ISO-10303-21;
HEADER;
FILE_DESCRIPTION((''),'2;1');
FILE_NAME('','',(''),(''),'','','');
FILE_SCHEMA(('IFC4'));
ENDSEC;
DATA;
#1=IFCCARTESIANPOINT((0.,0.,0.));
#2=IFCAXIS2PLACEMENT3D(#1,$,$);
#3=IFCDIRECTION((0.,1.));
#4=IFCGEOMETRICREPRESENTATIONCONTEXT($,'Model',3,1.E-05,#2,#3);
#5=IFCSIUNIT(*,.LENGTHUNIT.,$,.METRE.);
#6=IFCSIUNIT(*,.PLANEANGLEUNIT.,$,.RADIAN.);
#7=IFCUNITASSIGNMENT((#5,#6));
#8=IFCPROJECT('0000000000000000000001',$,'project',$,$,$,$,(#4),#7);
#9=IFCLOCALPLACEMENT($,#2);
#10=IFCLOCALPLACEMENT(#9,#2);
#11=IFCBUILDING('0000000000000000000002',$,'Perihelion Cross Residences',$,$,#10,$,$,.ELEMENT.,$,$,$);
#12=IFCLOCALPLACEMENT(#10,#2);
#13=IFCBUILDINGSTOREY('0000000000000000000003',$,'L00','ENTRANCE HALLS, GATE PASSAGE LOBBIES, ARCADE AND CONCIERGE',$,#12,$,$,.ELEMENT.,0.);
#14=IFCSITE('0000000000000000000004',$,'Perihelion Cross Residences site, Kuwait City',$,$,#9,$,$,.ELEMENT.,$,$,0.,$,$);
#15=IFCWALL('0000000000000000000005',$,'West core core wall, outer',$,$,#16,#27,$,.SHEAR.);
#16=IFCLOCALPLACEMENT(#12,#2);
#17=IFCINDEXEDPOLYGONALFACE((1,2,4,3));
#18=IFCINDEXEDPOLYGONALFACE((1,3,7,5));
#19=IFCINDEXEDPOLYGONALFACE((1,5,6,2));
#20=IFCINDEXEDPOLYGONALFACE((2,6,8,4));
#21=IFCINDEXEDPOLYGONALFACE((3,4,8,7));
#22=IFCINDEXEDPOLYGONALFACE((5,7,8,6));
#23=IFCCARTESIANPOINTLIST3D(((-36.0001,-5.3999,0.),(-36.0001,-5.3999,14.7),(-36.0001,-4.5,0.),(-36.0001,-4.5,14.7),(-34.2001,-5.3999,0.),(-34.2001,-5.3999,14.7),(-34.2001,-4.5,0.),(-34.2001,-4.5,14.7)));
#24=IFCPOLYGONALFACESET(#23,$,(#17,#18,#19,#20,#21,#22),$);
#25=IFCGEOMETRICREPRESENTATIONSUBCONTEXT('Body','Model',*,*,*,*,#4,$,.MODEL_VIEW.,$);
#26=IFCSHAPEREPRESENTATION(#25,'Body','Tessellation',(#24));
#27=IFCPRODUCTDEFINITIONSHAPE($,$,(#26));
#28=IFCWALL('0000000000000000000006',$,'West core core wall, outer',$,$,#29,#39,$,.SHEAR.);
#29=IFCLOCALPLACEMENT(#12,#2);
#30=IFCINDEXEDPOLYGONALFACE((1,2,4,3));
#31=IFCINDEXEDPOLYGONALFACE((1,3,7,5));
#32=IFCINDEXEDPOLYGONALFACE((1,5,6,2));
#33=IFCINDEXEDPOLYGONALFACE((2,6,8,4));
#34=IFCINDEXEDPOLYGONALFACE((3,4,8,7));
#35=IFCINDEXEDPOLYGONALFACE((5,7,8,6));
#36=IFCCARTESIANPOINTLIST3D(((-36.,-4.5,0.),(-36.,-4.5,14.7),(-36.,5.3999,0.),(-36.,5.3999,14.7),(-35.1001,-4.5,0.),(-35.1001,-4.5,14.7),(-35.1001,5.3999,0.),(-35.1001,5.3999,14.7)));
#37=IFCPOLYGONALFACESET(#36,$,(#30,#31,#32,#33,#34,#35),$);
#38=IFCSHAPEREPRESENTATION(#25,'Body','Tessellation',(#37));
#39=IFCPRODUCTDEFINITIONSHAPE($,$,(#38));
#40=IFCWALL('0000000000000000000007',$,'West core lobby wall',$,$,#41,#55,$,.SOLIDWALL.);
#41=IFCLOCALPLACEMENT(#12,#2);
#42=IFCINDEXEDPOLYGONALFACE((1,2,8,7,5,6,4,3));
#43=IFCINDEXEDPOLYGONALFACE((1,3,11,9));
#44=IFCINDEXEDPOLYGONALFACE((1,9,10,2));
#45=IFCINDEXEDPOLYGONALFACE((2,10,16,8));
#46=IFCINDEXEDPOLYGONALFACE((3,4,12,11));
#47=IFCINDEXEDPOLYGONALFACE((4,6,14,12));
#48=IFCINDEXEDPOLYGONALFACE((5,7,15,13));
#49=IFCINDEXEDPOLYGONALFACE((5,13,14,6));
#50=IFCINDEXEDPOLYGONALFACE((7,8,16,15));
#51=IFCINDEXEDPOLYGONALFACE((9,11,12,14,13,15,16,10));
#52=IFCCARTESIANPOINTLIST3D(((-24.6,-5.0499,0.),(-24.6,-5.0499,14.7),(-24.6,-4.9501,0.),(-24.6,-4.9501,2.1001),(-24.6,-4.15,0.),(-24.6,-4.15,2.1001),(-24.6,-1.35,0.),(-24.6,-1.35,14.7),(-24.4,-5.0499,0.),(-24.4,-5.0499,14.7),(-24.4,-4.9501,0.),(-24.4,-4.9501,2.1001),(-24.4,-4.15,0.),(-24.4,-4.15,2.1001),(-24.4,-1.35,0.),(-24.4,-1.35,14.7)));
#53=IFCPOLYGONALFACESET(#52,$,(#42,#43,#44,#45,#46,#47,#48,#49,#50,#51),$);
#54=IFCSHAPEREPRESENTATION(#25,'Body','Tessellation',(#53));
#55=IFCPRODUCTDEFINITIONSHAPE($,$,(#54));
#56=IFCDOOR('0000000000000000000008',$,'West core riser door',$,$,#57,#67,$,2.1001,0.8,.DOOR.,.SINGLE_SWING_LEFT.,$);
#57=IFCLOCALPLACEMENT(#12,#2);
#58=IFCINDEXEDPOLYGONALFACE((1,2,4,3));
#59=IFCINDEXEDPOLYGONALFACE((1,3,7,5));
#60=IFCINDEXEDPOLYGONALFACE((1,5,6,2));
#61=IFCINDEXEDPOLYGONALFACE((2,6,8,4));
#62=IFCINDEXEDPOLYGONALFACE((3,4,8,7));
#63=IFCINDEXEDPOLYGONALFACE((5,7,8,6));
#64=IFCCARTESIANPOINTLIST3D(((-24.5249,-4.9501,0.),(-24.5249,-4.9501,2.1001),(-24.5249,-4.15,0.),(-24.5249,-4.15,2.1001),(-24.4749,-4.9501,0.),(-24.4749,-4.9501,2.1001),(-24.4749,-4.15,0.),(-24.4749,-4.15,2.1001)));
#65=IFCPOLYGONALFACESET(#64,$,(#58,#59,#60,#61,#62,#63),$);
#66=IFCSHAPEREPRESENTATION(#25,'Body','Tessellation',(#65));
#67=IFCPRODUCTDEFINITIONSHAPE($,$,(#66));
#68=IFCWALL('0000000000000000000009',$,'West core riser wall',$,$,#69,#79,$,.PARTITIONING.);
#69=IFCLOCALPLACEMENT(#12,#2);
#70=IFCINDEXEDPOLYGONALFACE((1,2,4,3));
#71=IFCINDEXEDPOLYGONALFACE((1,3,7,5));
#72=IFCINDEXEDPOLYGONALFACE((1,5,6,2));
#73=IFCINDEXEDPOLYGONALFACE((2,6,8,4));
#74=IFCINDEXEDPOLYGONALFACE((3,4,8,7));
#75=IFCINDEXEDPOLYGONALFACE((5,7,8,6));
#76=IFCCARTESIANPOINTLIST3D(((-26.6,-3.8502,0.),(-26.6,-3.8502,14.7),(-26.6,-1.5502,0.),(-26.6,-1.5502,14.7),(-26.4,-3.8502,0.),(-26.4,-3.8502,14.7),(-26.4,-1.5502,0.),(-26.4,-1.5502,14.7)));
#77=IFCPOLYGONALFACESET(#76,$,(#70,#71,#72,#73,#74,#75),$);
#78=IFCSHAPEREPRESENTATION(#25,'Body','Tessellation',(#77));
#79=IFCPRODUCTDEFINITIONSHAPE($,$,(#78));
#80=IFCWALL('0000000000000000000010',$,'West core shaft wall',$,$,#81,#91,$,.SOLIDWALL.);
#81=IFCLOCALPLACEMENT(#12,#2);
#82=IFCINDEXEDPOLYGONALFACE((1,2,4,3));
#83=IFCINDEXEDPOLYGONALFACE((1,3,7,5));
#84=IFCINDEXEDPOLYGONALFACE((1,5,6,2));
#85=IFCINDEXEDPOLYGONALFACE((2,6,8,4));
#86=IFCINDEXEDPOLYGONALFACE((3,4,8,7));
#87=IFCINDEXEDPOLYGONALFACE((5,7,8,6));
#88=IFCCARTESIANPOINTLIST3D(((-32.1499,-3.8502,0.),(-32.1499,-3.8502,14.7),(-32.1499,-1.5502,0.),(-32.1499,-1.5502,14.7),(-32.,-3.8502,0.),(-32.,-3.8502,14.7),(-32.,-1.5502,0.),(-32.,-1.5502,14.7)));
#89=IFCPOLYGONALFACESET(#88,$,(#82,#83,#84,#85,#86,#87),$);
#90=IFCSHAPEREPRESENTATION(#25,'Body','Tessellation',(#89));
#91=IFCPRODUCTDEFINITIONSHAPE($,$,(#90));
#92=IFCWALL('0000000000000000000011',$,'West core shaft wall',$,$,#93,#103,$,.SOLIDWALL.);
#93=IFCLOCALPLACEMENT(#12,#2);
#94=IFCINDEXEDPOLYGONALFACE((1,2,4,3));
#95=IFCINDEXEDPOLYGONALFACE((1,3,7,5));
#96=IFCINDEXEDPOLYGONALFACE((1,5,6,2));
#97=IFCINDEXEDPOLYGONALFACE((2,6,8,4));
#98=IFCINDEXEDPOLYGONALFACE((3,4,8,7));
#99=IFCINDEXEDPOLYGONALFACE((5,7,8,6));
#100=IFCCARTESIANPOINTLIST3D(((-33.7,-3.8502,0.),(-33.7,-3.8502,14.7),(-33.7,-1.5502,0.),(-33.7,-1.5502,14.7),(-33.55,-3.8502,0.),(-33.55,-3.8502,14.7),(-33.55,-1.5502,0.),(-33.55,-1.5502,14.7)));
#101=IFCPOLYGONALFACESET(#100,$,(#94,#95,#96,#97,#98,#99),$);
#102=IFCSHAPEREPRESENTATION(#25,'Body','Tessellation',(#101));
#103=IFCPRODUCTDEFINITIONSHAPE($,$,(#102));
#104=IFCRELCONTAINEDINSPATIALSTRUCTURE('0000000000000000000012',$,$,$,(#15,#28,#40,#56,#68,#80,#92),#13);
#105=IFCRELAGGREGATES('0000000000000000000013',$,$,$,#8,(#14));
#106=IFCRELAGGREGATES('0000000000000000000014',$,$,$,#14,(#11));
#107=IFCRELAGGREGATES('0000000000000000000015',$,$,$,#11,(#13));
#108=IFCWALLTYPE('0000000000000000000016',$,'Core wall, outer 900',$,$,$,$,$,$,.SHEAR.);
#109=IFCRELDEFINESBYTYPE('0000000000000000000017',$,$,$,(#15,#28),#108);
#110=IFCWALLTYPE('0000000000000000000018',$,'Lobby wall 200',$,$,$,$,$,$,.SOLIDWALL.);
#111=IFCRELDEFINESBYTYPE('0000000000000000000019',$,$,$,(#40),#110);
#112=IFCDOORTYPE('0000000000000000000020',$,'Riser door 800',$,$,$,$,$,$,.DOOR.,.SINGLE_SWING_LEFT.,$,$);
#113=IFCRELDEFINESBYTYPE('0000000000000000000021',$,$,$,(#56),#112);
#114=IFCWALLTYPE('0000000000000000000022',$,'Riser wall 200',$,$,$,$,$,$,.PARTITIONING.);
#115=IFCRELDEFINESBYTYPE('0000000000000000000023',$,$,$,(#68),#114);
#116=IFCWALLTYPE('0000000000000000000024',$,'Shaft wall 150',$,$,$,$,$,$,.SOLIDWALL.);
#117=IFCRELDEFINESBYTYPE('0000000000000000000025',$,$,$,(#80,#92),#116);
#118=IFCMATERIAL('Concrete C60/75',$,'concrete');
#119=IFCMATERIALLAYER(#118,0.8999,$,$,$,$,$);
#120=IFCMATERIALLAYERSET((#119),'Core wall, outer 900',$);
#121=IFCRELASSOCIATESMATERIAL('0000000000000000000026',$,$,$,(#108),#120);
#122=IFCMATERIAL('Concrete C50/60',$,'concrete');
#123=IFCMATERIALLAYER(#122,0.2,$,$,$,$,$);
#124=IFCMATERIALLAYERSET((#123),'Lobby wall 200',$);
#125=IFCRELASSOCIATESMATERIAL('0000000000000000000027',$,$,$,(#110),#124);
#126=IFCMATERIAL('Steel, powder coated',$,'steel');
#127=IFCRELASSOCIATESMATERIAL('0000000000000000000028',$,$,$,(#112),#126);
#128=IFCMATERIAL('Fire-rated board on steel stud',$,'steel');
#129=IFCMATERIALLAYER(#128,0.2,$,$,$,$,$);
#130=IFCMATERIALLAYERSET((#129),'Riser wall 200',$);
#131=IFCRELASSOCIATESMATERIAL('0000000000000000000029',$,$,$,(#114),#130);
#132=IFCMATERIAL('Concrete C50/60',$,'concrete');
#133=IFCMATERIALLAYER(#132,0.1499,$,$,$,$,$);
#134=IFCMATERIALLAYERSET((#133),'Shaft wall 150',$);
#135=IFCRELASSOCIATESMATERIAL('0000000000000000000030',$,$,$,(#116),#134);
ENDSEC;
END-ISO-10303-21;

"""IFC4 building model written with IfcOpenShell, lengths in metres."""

from ifc_helpers import new_model, si_unit, direction, frame, frame_2d, origin, place, context, subcontext, project, spatial, rectangle, extrude, material, layer, layer_set, type_object, element, fill, save


model = new_model("IFC4")

# Units and contexts
model_context = context("Model", 3, precision=1e-05, world=origin(), true_north=direction((0.0, 1.0)))
body_context = subcontext(model_context, "Body", "Model", "MODEL_VIEW")
ifc_project = project(units=[si_unit("LENGTHUNIT", "METRE"), si_unit("PLANEANGLEUNIT", "RADIAN")], contexts=[model_context])

# Site, building, storey
site_placement = place(None, origin())
site = spatial("IfcSite", under=ifc_project, at=site_placement, Name="Perihelion Cross Residences site, Kuwait City", CompositionType="ELEMENT", RefElevation=0.0)
building_placement = place(site_placement, origin())
building = spatial("IfcBuilding", under=site, at=building_placement, Name="Perihelion Cross Residences", CompositionType="ELEMENT")
storey_placement = place(building_placement, origin())
storey = spatial("IfcBuildingStorey", under=building, at=storey_placement, Name="L00", Description="ENTRANCE HALLS, GATE PASSAGE LOBBIES, ARCADE AND CONCIERGE", CompositionType="ELEMENT", Elevation=0.0)

# Walls
ifc_material_1 = material(Name="Concrete C60/75", Category="concrete")
ifc_layer_1 = layer(ifc_material_1, 0.8999)
ifc_layer_set_1 = layer_set([ifc_layer_1], Name="Core wall, outer 900")
wall_type_1 = type_object("IfcWallType", Name="Core wall, outer 900", PredefinedType="SHEAR", material=ifc_layer_set_1)
wall_1_placement = place(storey_placement, frame((-36.0, -4.95, 0.0), z_axis=(0.0, 0.0, 1.0), x_axis=(1.0, 0.0, 0.0)))
element("IfcWall", 1, at=wall_1_placement, inside=storey, type_object=wall_type_1, Name="West core core wall, outer", PredefinedType="SHEAR", context=body_context, shape_type="SweptSolid", body=[
    extrude(rectangle(XDim=1.8, YDim=0.8999, at=frame_2d((0.8999, 0.0))), origin(), (0.0, 0.0, 1.0), 14.7),
])
wall_2_placement = place(storey_placement, frame((-35.55, -4.5, 0.0), z_axis=(0.0, 0.0, 1.0), x_axis=(0.0, 1.0, 0.0)))
element("IfcWall", 2, at=wall_2_placement, inside=storey, type_object=wall_type_1, Name="West core core wall, outer", PredefinedType="SHEAR", context=body_context, shape_type="SweptSolid", body=[
    extrude(rectangle(XDim=9.8999, YDim=0.8999, at=frame_2d((4.95, 0.0))), origin(), (0.0, 0.0, 1.0), 14.7),
])

# Wall, opening, door
ifc_material_2 = material(Name="Concrete C50/60", Category="concrete")
ifc_layer_2 = layer(ifc_material_2, 0.2)
ifc_layer_set_2 = layer_set([ifc_layer_2], Name="Lobby wall 200")
wall_type_2 = type_object("IfcWallType", Name="Lobby wall 200", PredefinedType="SOLIDWALL", material=ifc_layer_set_2)
wall_3_placement = place(storey_placement, frame((-24.5, -5.05, 0.0), z_axis=(0.0, 0.0, 1.0), x_axis=(0.0, 1.0, 0.0)))
wall_3 = element("IfcWall", 3, at=wall_3_placement, inside=storey, type_object=wall_type_2, Name="West core lobby wall", PredefinedType="SOLIDWALL", context=body_context, shape_type="SweptSolid", body=[
    extrude(rectangle(XDim=3.7, YDim=0.2, at=frame_2d((1.8501, 0.0))), origin(), (0.0, 0.0, 1.0), 14.7),
])
opening_1_placement = place(wall_3_placement, frame((0.1001, 0.0, 0.0)))
opening_1 = element("IfcOpeningElement", 4, at=opening_1_placement, cuts=wall_3, PredefinedType="OPENING", context=body_context, shape_type="SweptSolid", body=[
    extrude(rectangle(XDim=0.8, YDim=2.1001, at=frame_2d((0.3999, 1.05))), frame((0.0, 0.1099, 0.0), z_axis=(0.0, -1.0, 0.0), x_axis=(1.0, 0.0, 0.0)), (0.0, 0.0, 1.0), 0.22),
])
ifc_material_3 = material(Name="Steel, powder coated", Category="steel")
door_type_1 = type_object("IfcDoorType", Name="Riser door 800", OperationType="SINGLE_SWING_LEFT", PredefinedType="DOOR", material=ifc_material_3)
door_1_placement = place(opening_1_placement, origin())
door_1 = element("IfcDoor", 5, at=door_1_placement, inside=storey, type_object=door_type_1, Name="West core riser door", OperationType="SINGLE_SWING_LEFT", OverallHeight=2.1001, OverallWidth=0.8, PredefinedType="DOOR", context=body_context, shape_type="SweptSolid", body=[
    extrude(rectangle(XDim=0.8, YDim=2.1001, at=frame_2d((0.3999, 1.05))), frame((0.0, 0.0249, 0.0), z_axis=(0.0, -1.0, 0.0), x_axis=(1.0, 0.0, 0.0)), (0.0, 0.0, 1.0), 0.05),
])
fill(opening_1, door_1)

# Walls
ifc_material_4 = material(Name="Fire-rated board on steel stud", Category="steel")
ifc_layer_3 = layer(ifc_material_4, 0.2)
ifc_layer_set_3 = layer_set([ifc_layer_3], Name="Riser wall 200")
wall_type_3 = type_object("IfcWallType", Name="Riser wall 200", PredefinedType="PARTITIONING", material=ifc_layer_set_3)
wall_4_placement = place(storey_placement, frame((-26.5, -3.8501, 0.0), z_axis=(0.0, 0.0, 1.0), x_axis=(0.0, 1.0, 0.0)))
element("IfcWall", 6, at=wall_4_placement, inside=storey, type_object=wall_type_3, Name="West core riser wall", PredefinedType="PARTITIONING", context=body_context, shape_type="SweptSolid", body=[
    extrude(rectangle(XDim=2.3, YDim=0.2, at=frame_2d((1.1499, 0.0))), origin(), (0.0, 0.0, 1.0), 14.7),
])
ifc_material_5 = material(Name="Concrete C50/60", Category="concrete")
ifc_layer_4 = layer(ifc_material_5, 0.1499)
ifc_layer_set_4 = layer_set([ifc_layer_4], Name="Shaft wall 150")
wall_type_4 = type_object("IfcWallType", Name="Shaft wall 150", PredefinedType="SOLIDWALL", material=ifc_layer_set_4)
for number, where, z_axis, x_axis, name in (
    (7, (-32.075, -3.8501, 0.0), (0.0, 0.0, 1.0), (0.0, 1.0, 0.0), "West core shaft wall"),
    (8, (-33.625, -3.8501, 0.0), (0.0, 0.0, 1.0), (0.0, 1.0, 0.0), "West core shaft wall"),
):
    element("IfcWall", number, at=place(storey_placement, frame(where, z_axis=z_axis, x_axis=x_axis)), inside=storey, type_object=wall_type_4, Name=name, PredefinedType="SOLIDWALL", context=body_context, shape_type="SweptSolid", body=[
        extrude(rectangle(XDim=2.3, YDim=0.1499, at=frame_2d((1.1499, 0.0))), origin(), (0.0, 0.0, 1.0), 14.7),
    ])

save(model, "model.ifc")
